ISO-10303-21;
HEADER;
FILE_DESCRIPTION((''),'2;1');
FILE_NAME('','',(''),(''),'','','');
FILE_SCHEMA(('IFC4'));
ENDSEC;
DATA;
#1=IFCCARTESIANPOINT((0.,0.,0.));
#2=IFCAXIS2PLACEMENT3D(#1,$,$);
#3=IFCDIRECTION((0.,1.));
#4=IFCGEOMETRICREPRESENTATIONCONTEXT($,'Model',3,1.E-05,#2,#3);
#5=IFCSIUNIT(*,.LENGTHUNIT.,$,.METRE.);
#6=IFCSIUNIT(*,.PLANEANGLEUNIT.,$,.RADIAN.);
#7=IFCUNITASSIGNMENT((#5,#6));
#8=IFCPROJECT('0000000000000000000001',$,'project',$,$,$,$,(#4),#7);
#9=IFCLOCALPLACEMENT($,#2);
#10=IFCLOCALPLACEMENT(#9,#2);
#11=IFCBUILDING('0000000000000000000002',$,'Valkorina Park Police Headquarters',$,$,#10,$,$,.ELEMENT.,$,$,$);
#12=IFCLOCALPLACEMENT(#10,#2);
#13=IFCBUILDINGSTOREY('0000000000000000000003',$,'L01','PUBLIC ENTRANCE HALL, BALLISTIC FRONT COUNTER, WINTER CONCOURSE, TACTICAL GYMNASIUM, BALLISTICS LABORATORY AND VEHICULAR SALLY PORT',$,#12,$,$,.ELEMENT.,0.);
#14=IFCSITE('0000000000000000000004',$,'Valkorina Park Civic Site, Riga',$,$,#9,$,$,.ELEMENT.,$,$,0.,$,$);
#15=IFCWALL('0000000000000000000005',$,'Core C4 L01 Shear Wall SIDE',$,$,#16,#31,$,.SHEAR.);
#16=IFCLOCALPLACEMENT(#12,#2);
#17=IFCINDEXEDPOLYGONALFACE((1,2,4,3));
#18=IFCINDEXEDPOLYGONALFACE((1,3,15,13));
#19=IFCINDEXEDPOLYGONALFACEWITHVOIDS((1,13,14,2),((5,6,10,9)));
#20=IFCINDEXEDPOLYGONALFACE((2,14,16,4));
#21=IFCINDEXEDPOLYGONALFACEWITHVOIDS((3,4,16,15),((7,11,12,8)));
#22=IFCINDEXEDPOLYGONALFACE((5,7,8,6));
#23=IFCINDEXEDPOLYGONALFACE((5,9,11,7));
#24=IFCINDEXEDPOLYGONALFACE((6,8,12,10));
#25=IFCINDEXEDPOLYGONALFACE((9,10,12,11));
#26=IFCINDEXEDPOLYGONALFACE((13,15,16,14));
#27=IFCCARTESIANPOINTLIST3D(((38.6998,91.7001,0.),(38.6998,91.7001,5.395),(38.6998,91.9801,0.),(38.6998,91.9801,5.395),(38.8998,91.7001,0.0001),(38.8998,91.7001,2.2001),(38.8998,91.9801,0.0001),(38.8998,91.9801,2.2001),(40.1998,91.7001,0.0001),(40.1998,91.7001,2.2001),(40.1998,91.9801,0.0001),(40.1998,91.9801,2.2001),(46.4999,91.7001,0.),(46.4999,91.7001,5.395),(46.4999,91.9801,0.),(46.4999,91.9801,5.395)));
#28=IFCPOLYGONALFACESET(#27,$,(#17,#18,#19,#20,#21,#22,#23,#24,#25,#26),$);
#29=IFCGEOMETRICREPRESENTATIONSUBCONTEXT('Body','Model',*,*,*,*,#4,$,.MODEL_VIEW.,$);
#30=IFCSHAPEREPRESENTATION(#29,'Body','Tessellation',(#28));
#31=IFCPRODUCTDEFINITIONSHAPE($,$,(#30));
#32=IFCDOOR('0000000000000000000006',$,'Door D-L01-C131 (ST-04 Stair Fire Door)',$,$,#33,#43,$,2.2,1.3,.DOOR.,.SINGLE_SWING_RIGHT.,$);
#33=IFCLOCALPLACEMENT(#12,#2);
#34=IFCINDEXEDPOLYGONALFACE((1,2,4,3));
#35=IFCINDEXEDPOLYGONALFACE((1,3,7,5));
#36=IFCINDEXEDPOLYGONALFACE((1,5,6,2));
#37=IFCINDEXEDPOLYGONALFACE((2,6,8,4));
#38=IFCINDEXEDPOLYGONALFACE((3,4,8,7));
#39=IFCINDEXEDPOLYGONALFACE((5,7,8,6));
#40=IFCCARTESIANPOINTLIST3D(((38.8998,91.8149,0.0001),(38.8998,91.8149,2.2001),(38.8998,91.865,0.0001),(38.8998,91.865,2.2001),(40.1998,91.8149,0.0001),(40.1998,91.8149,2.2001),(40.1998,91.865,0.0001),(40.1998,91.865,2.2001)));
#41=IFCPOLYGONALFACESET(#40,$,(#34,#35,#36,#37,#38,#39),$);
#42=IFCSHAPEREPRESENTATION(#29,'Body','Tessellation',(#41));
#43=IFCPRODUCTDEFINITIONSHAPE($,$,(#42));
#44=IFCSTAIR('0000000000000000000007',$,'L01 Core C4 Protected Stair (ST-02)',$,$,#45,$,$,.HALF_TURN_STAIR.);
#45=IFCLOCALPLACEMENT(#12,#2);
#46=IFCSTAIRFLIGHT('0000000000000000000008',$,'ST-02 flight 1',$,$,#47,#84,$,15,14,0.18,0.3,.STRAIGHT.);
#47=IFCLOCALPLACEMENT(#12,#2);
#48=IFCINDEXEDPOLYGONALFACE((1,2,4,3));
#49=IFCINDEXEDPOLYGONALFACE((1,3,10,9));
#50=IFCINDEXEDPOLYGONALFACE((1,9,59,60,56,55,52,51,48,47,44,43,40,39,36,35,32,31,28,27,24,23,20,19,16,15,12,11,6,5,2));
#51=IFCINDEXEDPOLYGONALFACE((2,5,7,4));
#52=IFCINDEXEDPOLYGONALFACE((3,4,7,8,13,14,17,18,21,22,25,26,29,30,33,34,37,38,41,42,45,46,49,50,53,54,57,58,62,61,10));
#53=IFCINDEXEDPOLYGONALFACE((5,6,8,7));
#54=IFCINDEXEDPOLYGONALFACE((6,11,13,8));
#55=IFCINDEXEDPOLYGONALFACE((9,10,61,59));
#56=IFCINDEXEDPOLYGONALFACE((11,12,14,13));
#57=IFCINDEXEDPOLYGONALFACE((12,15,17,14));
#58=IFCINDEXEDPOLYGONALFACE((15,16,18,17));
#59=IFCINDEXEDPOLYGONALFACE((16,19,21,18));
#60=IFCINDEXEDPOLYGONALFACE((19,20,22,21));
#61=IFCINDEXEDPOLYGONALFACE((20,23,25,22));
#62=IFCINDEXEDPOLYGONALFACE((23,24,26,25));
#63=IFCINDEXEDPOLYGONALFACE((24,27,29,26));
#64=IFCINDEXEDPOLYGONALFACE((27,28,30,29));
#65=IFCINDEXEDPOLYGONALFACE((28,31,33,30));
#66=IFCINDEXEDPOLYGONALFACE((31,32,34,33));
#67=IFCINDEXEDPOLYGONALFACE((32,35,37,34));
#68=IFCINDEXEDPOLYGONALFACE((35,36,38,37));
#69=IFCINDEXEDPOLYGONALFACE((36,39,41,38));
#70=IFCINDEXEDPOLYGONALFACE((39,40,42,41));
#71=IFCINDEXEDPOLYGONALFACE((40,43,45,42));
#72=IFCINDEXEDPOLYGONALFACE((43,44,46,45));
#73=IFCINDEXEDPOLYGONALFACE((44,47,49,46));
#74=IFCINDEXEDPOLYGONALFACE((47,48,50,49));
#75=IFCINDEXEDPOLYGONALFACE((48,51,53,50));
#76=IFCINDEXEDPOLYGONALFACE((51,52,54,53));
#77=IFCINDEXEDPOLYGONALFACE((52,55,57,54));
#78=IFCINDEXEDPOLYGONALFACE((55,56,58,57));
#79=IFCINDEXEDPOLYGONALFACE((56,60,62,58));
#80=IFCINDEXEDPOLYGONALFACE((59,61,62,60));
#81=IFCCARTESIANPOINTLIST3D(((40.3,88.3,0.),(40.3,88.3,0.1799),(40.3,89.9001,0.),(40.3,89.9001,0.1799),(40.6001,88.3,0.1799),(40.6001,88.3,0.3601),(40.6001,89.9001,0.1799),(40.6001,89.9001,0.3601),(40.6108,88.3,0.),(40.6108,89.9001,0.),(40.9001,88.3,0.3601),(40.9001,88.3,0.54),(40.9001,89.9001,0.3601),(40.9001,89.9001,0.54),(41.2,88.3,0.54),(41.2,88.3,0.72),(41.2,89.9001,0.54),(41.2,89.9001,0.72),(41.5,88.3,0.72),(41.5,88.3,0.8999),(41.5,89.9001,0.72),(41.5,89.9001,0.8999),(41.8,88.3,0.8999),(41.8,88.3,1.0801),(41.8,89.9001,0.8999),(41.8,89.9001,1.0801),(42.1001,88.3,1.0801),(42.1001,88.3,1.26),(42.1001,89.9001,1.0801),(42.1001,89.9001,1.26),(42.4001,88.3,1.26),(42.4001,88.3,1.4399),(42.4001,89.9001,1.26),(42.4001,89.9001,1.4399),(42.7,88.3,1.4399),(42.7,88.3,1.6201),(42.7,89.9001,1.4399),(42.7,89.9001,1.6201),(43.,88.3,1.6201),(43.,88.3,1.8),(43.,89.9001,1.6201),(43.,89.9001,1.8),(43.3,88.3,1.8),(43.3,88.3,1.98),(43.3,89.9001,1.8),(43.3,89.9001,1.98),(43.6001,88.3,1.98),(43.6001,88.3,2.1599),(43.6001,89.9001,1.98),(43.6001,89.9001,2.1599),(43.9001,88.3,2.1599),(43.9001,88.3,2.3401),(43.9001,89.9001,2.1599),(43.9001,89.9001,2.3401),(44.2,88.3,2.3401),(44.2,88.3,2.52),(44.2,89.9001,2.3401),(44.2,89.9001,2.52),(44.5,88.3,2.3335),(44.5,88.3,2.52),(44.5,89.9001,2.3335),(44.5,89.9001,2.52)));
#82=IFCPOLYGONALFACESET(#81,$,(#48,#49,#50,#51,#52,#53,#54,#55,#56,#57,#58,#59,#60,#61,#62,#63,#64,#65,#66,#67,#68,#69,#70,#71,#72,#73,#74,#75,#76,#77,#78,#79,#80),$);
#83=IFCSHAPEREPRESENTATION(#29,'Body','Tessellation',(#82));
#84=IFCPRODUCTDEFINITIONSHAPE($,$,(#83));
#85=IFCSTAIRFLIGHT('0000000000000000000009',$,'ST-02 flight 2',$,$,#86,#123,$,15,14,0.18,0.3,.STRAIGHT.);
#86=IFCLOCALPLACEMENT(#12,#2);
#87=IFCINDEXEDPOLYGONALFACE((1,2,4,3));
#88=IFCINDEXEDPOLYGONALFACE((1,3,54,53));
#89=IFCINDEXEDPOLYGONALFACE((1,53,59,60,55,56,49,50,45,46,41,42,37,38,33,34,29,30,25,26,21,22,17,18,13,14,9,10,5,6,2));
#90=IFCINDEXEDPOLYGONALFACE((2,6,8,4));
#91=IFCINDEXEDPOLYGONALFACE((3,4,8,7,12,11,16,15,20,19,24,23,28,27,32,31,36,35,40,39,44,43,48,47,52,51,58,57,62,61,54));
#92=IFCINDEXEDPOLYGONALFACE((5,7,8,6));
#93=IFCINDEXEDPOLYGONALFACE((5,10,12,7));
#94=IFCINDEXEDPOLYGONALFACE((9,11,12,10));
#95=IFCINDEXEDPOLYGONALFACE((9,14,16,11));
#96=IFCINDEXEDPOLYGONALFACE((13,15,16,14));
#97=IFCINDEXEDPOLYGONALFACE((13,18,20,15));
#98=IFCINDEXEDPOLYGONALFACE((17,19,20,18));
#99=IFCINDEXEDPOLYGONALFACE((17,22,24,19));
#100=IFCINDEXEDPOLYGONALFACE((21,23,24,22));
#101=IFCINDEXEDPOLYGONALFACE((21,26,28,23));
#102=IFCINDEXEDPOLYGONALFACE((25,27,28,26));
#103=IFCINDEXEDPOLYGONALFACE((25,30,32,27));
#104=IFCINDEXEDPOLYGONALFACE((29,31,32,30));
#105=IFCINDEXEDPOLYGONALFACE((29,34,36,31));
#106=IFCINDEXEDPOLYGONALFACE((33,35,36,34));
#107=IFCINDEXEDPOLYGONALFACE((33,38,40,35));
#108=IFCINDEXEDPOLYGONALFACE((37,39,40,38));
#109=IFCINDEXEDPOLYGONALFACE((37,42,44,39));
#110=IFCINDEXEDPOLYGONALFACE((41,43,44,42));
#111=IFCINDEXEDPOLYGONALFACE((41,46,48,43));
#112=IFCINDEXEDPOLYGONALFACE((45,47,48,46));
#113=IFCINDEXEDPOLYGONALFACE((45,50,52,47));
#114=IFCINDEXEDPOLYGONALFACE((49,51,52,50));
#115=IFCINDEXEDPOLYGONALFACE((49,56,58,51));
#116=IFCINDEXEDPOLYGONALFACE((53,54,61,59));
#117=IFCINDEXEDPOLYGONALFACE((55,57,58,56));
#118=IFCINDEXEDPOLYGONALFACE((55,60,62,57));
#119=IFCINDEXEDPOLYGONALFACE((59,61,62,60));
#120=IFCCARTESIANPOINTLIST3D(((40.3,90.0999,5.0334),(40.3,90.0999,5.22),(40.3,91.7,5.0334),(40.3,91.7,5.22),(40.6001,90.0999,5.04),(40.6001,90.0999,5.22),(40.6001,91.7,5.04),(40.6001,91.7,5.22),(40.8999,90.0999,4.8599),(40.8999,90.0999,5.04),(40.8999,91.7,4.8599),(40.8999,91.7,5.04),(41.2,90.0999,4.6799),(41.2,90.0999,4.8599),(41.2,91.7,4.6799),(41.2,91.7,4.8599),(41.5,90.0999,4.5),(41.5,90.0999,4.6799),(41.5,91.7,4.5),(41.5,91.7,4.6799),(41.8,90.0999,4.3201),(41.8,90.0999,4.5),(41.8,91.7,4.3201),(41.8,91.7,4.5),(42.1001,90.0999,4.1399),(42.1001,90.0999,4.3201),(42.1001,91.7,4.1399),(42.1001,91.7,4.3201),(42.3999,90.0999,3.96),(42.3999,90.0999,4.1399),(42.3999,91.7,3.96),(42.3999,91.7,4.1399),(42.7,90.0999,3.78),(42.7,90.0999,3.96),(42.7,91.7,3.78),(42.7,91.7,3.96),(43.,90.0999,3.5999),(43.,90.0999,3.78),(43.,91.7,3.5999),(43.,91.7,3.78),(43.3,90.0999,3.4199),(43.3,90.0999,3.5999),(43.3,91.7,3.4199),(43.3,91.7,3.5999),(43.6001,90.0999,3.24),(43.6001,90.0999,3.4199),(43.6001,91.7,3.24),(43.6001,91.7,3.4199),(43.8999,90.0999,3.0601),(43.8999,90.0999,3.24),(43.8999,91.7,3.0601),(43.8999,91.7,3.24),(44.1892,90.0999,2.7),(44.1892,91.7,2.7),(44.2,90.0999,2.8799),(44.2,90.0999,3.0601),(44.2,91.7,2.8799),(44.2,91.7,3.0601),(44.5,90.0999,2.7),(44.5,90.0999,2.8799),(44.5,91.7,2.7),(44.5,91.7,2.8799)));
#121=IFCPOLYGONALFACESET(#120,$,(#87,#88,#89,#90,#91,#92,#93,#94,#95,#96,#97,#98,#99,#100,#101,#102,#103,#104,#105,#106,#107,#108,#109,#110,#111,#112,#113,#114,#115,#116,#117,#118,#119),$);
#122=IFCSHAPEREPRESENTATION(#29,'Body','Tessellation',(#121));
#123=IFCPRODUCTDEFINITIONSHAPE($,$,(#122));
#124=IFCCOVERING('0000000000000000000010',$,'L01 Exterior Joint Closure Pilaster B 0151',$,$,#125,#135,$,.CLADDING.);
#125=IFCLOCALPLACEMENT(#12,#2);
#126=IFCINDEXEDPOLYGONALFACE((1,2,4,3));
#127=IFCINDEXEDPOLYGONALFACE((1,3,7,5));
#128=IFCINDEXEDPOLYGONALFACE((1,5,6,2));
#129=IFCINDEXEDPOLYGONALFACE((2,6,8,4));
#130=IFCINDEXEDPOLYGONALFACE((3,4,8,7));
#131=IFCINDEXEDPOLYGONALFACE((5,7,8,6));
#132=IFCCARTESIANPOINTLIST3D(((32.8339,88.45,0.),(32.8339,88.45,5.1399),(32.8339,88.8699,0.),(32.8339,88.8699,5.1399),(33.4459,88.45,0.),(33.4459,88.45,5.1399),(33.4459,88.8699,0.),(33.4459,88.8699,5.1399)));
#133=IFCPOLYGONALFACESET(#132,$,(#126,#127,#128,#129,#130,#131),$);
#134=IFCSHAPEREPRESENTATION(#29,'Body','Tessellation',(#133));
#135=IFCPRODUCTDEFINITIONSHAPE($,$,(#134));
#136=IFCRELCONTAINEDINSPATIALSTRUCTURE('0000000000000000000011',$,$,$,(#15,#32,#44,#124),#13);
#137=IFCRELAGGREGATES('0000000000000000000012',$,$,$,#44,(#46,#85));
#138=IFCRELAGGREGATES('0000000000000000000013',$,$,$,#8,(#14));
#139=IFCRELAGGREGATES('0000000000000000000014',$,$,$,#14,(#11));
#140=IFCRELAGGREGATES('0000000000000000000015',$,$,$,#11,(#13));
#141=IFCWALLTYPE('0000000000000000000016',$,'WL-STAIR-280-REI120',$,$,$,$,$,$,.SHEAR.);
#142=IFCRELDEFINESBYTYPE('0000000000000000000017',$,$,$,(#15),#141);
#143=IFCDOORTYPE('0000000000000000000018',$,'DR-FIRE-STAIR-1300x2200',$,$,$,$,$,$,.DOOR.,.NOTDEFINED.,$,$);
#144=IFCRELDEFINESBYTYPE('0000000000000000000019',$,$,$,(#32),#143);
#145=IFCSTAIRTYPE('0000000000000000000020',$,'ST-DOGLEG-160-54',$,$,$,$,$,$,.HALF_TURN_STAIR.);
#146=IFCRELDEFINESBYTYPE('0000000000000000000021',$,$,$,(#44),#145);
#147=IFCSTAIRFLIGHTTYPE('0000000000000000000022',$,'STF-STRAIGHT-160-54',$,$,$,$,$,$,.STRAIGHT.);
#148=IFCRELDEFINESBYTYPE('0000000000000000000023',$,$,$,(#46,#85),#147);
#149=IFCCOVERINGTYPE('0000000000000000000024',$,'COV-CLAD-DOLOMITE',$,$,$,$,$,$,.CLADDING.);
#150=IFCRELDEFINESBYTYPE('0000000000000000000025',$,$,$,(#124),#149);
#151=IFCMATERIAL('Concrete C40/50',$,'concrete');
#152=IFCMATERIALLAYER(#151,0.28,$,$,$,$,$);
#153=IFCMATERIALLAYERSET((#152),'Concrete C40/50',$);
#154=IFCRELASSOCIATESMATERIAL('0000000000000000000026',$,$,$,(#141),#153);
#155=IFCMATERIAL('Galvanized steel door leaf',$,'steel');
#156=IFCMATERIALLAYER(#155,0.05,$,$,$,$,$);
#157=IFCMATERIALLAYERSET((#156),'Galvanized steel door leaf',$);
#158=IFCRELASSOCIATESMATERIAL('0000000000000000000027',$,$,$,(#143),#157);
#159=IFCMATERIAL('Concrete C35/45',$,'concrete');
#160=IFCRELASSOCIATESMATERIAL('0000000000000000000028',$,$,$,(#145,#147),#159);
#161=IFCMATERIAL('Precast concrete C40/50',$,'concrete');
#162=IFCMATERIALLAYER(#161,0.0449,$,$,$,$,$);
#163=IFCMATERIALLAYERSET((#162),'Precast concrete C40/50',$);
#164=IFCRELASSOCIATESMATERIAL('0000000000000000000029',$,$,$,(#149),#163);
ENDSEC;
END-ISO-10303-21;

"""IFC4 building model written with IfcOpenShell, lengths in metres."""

from ifc_helpers import new_model, si_unit, direction, frame, frame_2d, origin, origin_2d, place, context, subcontext, project, spatial, polyline, rectangle, outline, extrude, material, layer, layer_set, type_object, element, fill, aggregate, save


model = new_model("IFC4")

# Units and contexts
model_context = context("Model", 3, precision=1e-05, world=origin(), true_north=direction((0.0, 1.0)))
body_context = subcontext(model_context, "Body", "Model", "MODEL_VIEW")
ifc_project = project(units=[si_unit("LENGTHUNIT", "METRE"), si_unit("PLANEANGLEUNIT", "RADIAN")], contexts=[model_context])

# Site, building, storey
site_placement = place(None, origin())
site = spatial("IfcSite", under=ifc_project, at=site_placement, Name="Valkorina Park Civic Site, Riga", CompositionType="ELEMENT", RefElevation=0.0)
building_placement = place(site_placement, origin())
building = spatial("IfcBuilding", under=site, at=building_placement, Name="Valkorina Park Police Headquarters", CompositionType="ELEMENT")
storey_placement = place(building_placement, origin())
storey = spatial("IfcBuildingStorey", under=building, at=storey_placement, Name="L01", Description="PUBLIC ENTRANCE HALL, BALLISTIC FRONT COUNTER, WINTER CONCOURSE, TACTICAL GYMNASIUM, BALLISTICS LABORATORY AND VEHICULAR SALLY PORT", CompositionType="ELEMENT", Elevation=0.0)

# Shared definitions
ifc_material_1 = material(Name="Concrete C40/50", Category="concrete")

# Shared definitions
ifc_material_2 = material(Name="Precast concrete C40/50", Category="concrete")

# Shared definitions
ifc_layer_1 = layer(ifc_material_1, 0.28)
ifc_layer_set_1 = layer_set([ifc_layer_1], Name="Concrete C40/50")
wall_type_1 = type_object("IfcWallType", Name="WL-STAIR-280-REI120", PredefinedType="SHEAR", material=ifc_layer_set_1)

# Wall, opening, door
wall_1_placement = place(storey_placement, frame((38.7, 91.8401, 0.0), z_axis=(0.0, 0.0, 1.0), x_axis=(1.0, 0.0, 0.0)))
wall_1 = element("IfcWall", 1, at=wall_1_placement, inside=storey, type_object=wall_type_1, Name="Core C4 L01 Shear Wall SIDE", PredefinedType="SHEAR", context=body_context, shape_type="SweptSolid", body=[
    extrude(rectangle(XDim=7.8, YDim=0.28, at=frame_2d((3.8999, 0.0))), origin(), (0.0, 0.0, 1.0), 5.395),
])
opening_1_placement = place(wall_1_placement, frame((0.2, 0.0, 0.0)))
opening_1 = element("IfcOpeningElement", 2, at=opening_1_placement, cuts=wall_1, PredefinedType="OPENING", context=body_context, shape_type="SweptSolid", body=[
    extrude(rectangle(XDim=1.3, YDim=2.2, at=frame_2d((0.6499, 1.1001))), frame((0.0, 0.1499, 0.0), z_axis=(0.0, -1.0, 0.0), x_axis=(1.0, 0.0, 0.0)), (0.0, 0.0, 1.0), 0.3),
])
ifc_material_3 = material(Name="Galvanized steel door leaf", Category="steel")
ifc_layer_2 = layer(ifc_material_3, 0.05)
ifc_layer_set_2 = layer_set([ifc_layer_2], Name="Galvanized steel door leaf")
door_type_1 = type_object("IfcDoorType", Name="DR-FIRE-STAIR-1300x2200", OperationType="NOTDEFINED", PredefinedType="DOOR", material=ifc_layer_set_2)
door_1_placement = place(opening_1_placement, origin())
door_1 = element("IfcDoor", 3, at=door_1_placement, inside=storey, type_object=door_type_1, Name="Door D-L01-C131 (ST-04 Stair Fire Door)", OperationType="SINGLE_SWING_RIGHT", OverallHeight=2.2, OverallWidth=1.3, PredefinedType="DOOR", context=body_context, shape_type="SweptSolid", body=[
    extrude(rectangle(XDim=1.3, YDim=2.2, at=frame_2d((0.6499, 1.1001))), frame((0.0, 0.0249, 0.0), z_axis=(0.0, -1.0, 0.0), x_axis=(1.0, 0.0, 0.0)), (0.0, 0.0, 1.0), 0.05),
])
fill(opening_1, door_1)

# Stair, stair flights
ifc_material_4 = material(Name="Concrete C35/45", Category="concrete")
stair_type = type_object("IfcStairType", Name="ST-DOGLEG-160-54", PredefinedType="HALF_TURN_STAIR", material=ifc_material_4)
stair_placement = place(storey_placement, origin())
stair = element("IfcStair", 4, at=stair_placement, inside=storey, type_object=stair_type, Name="L01 Core C4 Protected Stair (ST-02)", PredefinedType="HALF_TURN_STAIR")
stair_flight_type = type_object("IfcStairFlightType", Name="STF-STRAIGHT-160-54", PredefinedType="STRAIGHT", material=ifc_material_4)
stair_flight_1_placement = place(storey_placement, frame((40.3, 89.1001, 0.0), z_axis=(0.0, 0.0, 1.0), x_axis=(1.0, 0.0, 0.0)))
stair_flight_1 = element("IfcStairFlight", 5, at=stair_flight_1_placement, type_object=stair_flight_type, Name="ST-02 flight 1", NumberOfRisers=15, NumberOfTreads=14, PredefinedType="STRAIGHT", RiserHeight=0.18, TreadLength=0.3, context=body_context, shape_type="SweptSolid", body=[
    extrude(outline(polyline([(0.0, 0.0), (0.0, 0.1799), (0.3, 0.1799), (0.3, 0.3601), (0.6001, 0.3601), (0.6001, 0.54), (0.8999, 0.54), (0.8999, 0.72), (1.2, 0.72), (1.2, 0.8999), (1.5, 0.8999), (1.5, 1.0801), (1.8, 1.0801), (1.8, 1.26), (2.1001, 1.26), (2.1001, 1.4399), (2.3999, 1.4399), (2.3999, 1.6201), (2.7, 1.6201), (2.7, 1.8), (3.0, 1.8), (3.0, 1.98), (3.3, 1.98), (3.3, 2.1599), (3.6001, 2.1599), (3.6001, 2.3401), (3.8999, 2.3401), (3.8999, 2.52), (4.2, 2.52), (4.2, 2.7), (4.2, 2.3335), (0.3108, 0.0), (0.0, 0.0)])), frame((0.0, 0.8, 0.0), z_axis=(0.0, -1.0, 0.0), x_axis=(1.0, 0.0, 0.0)), (0.0, 0.0, 1.0), 1.6001),
])
stair_flight_2_placement = place(storey_placement, frame((44.5, 90.8999, 2.7), z_axis=(0.0, 0.0, 1.0), x_axis=(-1.0, 0.0, 0.0)))
stair_flight_2 = element("IfcStairFlight", 6, at=stair_flight_2_placement, type_object=stair_flight_type, Name="ST-02 flight 2", NumberOfRisers=15, NumberOfTreads=14, PredefinedType="STRAIGHT", RiserHeight=0.18, TreadLength=0.3, context=body_context, shape_type="SweptSolid", body=[
    extrude(outline(polyline([(0.0, 0.0), (0.0, 0.1799), (0.3, 0.1799), (0.3, 0.3601), (0.6001, 0.3601), (0.6001, 0.54), (0.8999, 0.54), (0.8999, 0.72), (1.2, 0.72), (1.2, 0.8999), (1.5, 0.8999), (1.5, 1.0801), (1.8, 1.0801), (1.8, 1.26), (2.1001, 1.26), (2.1001, 1.4399), (2.3999, 1.4399), (2.3999, 1.6201), (2.7, 1.6201), (2.7, 1.8), (3.0, 1.8), (3.0, 1.98), (3.3, 1.98), (3.3, 2.1599), (3.6001, 2.1599), (3.6001, 2.3401), (3.8999, 2.3401), (3.8999, 2.52), (4.2, 2.52), (4.2, 2.7), (4.2, 2.3335), (0.3108, 0.0), (0.0, 0.0)])), frame((0.0, 0.8, 0.0), z_axis=(0.0, -1.0, 0.0), x_axis=(1.0, 0.0, 0.0)), (0.0, 0.0, 1.0), 1.6001),
])
aggregate(stair, [stair_flight_1, stair_flight_2])

# Covering
ifc_layer_3 = layer(ifc_material_2, 0.0449)
ifc_layer_set_3 = layer_set([ifc_layer_3], Name="Precast concrete C40/50")
covering_type = type_object("IfcCoveringType", Name="COV-CLAD-DOLOMITE", PredefinedType="CLADDING", material=ifc_layer_set_3)
covering_placement = place(storey_placement, frame((33.1399, 88.6599, 0.0), z_axis=(0.0, 0.0, 1.0), x_axis=(0.0, 1.0, 0.0)))
element("IfcCovering", 7, at=covering_placement, inside=storey, type_object=covering_type, Name="L01 Exterior Joint Closure Pilaster B 0151", PredefinedType="CLADDING", context=body_context, shape_type="SweptSolid", body=[
    extrude(rectangle(XDim=0.4199, YDim=0.6121, at=origin_2d()), origin(), (0.0, 0.0, 1.0), 5.1399),
])

save(model, "model.ifc")
